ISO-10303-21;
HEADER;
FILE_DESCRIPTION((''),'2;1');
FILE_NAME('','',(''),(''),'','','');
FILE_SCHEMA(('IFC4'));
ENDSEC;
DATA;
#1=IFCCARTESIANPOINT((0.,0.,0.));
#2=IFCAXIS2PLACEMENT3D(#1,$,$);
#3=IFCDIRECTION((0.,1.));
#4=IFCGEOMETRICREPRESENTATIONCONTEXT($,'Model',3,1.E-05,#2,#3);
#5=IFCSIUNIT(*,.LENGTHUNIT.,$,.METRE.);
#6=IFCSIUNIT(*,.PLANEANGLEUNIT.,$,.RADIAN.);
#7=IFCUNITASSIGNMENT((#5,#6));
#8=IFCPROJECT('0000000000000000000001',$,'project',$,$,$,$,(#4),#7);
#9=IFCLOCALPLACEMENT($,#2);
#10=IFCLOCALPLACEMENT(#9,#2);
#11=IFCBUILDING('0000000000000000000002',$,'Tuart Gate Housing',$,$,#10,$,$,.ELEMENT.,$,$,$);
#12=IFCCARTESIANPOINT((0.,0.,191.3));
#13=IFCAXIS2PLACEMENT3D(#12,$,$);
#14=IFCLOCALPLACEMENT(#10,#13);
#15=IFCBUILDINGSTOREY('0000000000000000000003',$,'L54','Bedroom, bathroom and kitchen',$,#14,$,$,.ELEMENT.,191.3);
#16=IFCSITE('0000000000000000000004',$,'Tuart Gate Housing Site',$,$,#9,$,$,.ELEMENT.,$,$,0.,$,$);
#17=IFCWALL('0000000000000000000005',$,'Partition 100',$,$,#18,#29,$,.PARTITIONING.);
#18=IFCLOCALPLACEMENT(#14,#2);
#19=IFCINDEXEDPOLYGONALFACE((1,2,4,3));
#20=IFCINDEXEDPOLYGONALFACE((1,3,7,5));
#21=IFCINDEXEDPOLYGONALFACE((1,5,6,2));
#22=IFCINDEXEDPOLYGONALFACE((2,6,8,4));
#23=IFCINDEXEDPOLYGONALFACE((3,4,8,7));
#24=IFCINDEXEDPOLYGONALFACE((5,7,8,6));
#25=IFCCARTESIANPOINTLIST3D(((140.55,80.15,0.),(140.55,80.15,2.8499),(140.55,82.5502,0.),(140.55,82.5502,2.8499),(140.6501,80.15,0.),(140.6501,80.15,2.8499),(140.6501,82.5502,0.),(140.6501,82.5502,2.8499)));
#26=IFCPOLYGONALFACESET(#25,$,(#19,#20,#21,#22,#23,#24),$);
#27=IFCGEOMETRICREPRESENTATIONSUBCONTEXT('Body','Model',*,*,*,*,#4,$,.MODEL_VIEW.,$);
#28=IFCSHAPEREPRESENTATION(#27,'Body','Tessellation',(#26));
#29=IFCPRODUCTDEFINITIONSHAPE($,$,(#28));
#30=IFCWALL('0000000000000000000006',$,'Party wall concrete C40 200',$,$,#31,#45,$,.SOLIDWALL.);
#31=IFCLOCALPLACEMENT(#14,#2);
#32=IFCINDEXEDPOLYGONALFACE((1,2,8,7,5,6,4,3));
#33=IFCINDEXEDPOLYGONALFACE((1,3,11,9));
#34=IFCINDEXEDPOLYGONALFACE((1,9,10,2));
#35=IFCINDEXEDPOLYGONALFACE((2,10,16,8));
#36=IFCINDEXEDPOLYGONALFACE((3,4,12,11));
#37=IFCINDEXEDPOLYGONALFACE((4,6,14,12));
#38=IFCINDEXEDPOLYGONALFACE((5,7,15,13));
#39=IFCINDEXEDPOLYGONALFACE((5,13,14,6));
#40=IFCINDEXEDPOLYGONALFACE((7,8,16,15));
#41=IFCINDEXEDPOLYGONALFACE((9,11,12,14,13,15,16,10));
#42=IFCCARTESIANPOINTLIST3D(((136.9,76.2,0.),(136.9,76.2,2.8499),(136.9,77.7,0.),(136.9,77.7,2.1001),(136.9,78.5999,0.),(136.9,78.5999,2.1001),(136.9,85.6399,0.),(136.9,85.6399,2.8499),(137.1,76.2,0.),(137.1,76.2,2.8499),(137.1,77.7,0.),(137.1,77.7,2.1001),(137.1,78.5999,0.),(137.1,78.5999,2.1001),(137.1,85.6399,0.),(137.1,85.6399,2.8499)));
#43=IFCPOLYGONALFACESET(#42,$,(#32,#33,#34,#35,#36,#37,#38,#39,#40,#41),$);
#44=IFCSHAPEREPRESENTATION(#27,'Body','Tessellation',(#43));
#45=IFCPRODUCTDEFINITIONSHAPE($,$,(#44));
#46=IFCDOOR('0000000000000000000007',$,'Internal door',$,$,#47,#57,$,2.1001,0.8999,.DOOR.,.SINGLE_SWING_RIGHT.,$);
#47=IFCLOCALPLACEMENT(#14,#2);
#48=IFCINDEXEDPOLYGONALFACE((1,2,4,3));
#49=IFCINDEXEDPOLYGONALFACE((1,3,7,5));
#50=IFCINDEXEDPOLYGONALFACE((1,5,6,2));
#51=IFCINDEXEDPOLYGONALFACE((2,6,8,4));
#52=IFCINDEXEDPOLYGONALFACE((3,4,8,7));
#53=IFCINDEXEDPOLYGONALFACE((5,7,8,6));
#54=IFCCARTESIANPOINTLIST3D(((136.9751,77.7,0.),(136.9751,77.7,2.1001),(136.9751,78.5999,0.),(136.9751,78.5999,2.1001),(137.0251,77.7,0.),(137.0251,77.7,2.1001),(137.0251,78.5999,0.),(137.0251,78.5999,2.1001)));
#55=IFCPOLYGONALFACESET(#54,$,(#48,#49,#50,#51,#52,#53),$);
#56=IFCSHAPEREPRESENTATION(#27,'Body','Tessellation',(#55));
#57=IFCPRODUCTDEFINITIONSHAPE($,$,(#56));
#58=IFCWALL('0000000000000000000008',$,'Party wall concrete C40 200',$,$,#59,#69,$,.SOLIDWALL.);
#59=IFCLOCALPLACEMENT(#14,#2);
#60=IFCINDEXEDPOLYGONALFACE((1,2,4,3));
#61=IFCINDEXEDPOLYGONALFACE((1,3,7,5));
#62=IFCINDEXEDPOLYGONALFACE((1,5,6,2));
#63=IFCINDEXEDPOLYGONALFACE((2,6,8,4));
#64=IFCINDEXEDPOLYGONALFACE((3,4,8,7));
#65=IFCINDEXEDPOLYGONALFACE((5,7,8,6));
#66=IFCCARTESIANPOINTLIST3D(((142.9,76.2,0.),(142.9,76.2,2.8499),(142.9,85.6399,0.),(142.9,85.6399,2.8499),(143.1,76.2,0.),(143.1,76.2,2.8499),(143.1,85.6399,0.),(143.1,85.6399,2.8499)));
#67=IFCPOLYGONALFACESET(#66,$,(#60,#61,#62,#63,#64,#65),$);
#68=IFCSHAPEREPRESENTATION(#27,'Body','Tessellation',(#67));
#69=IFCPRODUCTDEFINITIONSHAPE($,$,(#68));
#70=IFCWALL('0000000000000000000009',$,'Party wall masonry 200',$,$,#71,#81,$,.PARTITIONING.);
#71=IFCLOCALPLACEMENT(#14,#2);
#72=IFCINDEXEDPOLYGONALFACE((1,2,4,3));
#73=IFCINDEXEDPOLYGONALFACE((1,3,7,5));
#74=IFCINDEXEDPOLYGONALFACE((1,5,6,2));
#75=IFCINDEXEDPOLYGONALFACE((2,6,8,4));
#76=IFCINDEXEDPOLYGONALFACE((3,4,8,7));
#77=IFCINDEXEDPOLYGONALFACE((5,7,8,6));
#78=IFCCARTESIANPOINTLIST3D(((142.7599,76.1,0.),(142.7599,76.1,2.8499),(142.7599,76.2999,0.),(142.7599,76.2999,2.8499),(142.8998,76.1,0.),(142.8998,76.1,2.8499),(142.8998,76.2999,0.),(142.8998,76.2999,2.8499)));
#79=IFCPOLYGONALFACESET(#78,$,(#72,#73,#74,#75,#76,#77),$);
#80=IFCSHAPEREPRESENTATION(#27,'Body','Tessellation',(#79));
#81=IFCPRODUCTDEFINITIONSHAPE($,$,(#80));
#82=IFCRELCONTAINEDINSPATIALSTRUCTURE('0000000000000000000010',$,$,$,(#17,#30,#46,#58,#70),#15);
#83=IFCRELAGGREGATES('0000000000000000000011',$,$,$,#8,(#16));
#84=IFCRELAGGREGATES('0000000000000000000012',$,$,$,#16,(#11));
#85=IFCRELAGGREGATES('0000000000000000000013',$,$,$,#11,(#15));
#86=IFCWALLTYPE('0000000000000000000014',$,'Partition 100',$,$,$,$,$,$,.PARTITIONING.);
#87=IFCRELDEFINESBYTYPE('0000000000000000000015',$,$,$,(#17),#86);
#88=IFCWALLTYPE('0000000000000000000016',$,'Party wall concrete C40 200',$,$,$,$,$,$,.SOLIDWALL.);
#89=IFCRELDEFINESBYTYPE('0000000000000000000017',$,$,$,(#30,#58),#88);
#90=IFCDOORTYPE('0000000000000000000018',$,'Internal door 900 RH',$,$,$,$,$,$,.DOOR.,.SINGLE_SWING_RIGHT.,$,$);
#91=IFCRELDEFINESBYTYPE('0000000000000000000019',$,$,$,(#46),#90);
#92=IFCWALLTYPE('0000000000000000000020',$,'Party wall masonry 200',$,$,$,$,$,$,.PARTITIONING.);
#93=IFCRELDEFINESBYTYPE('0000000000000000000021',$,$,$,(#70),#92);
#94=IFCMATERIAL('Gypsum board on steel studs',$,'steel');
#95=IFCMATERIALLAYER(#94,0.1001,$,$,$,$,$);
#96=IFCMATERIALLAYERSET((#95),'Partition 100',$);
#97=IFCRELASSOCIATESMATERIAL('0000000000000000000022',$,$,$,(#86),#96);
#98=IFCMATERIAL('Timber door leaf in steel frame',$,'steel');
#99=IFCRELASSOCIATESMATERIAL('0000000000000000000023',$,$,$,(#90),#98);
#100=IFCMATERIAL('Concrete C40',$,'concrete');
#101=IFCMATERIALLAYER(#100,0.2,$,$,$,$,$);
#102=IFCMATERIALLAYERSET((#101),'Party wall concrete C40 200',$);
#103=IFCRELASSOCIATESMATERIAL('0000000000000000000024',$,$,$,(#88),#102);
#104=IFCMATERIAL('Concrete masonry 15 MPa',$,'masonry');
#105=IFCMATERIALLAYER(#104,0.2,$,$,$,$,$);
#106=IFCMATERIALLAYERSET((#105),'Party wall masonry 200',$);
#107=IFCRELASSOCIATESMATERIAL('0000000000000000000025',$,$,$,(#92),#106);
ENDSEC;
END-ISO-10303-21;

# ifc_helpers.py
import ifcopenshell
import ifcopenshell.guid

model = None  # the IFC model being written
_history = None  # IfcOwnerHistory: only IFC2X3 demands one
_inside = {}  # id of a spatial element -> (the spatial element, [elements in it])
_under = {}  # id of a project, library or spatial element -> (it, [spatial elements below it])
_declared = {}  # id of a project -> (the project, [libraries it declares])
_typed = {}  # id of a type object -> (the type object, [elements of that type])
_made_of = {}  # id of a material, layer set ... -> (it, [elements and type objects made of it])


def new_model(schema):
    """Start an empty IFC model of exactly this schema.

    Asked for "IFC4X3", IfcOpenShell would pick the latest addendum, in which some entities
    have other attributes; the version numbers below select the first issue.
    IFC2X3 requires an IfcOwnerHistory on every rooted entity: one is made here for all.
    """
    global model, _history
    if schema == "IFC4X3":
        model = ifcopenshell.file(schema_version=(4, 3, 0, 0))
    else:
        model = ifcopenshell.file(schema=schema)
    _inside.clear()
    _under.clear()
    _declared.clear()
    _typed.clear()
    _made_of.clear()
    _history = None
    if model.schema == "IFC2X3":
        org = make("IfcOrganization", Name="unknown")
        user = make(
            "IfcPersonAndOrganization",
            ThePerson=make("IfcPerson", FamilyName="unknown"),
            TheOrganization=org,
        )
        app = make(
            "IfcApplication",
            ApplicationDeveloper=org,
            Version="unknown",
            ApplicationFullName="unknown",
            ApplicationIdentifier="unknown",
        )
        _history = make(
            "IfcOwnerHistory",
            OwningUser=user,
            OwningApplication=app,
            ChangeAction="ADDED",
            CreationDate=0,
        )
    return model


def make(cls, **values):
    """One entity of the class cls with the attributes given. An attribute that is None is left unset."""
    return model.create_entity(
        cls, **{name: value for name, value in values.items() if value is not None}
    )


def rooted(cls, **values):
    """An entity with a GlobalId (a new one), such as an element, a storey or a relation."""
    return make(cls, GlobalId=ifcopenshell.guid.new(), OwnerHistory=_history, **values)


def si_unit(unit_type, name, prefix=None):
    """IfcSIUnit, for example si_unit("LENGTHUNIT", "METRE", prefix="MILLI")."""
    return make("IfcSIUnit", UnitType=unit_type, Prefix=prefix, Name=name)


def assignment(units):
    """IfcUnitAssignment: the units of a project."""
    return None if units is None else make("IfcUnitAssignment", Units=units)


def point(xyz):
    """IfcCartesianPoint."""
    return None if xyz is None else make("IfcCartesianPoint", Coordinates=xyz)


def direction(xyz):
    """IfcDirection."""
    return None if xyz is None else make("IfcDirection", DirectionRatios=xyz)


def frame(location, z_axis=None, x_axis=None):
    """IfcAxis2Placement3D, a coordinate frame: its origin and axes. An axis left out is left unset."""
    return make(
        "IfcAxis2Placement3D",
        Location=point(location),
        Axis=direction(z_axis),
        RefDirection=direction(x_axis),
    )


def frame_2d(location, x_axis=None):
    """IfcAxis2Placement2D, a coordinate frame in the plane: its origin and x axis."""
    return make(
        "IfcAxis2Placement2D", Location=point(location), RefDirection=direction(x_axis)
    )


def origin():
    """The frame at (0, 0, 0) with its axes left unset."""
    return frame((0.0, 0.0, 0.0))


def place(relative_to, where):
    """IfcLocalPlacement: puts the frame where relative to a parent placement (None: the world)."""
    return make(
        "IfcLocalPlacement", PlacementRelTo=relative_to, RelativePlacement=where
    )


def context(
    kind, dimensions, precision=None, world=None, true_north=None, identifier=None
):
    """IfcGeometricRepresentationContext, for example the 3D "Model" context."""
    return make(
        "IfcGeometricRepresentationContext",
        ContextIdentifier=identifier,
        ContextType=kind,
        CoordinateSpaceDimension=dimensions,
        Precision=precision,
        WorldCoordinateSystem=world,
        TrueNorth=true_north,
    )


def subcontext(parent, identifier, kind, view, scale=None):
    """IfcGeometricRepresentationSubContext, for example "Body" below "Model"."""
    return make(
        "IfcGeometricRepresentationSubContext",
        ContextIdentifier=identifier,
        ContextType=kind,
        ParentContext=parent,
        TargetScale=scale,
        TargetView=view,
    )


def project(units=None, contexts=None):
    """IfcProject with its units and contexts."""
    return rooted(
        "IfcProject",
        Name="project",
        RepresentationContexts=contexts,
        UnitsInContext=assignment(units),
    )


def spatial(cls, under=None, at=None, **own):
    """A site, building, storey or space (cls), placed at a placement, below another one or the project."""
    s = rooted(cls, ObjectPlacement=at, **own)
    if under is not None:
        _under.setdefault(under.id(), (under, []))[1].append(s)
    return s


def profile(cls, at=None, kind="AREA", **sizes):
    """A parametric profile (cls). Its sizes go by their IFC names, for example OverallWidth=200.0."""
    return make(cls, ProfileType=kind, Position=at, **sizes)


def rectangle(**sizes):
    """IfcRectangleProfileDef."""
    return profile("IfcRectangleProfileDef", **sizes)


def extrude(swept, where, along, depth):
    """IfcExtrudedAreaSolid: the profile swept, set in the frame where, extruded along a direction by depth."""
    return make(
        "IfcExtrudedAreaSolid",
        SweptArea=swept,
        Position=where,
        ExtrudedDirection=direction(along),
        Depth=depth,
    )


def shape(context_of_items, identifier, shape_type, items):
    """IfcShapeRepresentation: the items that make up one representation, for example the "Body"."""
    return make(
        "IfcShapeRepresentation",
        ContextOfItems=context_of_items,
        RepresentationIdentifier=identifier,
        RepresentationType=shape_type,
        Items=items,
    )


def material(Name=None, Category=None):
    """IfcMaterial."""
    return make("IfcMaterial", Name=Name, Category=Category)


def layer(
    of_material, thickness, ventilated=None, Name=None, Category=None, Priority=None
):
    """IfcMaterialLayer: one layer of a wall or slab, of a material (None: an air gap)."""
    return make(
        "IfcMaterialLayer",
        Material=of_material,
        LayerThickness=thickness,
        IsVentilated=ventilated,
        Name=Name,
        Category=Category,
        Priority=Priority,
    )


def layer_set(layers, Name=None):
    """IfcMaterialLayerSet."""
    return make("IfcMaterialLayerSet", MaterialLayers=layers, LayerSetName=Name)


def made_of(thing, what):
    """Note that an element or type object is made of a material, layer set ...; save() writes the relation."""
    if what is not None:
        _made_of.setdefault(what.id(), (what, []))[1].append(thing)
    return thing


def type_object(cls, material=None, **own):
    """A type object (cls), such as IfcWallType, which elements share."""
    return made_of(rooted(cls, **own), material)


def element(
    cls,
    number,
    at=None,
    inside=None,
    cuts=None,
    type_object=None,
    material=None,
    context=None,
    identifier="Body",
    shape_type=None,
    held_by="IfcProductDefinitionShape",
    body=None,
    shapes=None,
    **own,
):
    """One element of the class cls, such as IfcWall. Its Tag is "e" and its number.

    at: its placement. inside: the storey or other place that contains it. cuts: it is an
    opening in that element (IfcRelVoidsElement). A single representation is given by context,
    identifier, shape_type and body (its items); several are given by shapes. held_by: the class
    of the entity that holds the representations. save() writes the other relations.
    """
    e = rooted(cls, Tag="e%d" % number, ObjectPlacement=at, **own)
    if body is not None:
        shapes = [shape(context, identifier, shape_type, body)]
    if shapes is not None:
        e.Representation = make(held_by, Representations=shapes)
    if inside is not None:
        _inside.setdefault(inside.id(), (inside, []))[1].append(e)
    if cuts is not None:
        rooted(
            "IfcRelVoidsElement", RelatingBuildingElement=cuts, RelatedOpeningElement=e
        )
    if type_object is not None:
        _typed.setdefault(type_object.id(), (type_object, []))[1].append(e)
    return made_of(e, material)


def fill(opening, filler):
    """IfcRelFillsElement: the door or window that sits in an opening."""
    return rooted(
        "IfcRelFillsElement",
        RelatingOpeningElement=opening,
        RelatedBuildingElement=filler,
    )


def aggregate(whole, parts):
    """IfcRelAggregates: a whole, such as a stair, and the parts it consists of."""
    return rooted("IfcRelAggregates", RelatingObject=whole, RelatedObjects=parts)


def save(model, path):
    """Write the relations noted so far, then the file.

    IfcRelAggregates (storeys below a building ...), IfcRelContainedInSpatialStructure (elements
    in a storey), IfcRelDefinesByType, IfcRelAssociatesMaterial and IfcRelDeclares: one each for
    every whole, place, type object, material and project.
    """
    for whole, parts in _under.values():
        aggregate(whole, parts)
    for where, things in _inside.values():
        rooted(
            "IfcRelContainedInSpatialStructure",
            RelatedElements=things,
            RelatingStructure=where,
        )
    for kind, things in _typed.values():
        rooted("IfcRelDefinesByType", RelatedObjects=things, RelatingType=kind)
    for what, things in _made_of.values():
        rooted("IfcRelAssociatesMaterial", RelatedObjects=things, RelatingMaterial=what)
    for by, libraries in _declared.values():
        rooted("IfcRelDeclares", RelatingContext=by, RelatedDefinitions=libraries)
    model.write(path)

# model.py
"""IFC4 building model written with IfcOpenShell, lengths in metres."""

from ifc_helpers import new_model, si_unit, direction, frame, frame_2d, origin, place, context, subcontext, project, spatial, rectangle, extrude, material, layer, layer_set, type_object, element, fill, save


model = new_model("IFC4")

# Units and contexts
model_context = context("Model", 3, precision=1e-05, world=origin(), true_north=direction((0.0, 1.0)))
body_context = subcontext(model_context, "Body", "Model", "MODEL_VIEW")
ifc_project = project(units=[si_unit("LENGTHUNIT", "METRE"), si_unit("PLANEANGLEUNIT", "RADIAN")], contexts=[model_context])

# Site, building, storey
site_placement = place(None, origin())
site = spatial("IfcSite", under=ifc_project, at=site_placement, Name="Tuart Gate Housing Site", CompositionType="ELEMENT", RefElevation=0.0)
building_placement = place(site_placement, origin())
building = spatial("IfcBuilding", under=site, at=building_placement, Name="Tuart Gate Housing", CompositionType="ELEMENT")
storey_placement = place(building_placement, frame((0.0, 0.0, 191.3)))
storey = spatial("IfcBuildingStorey", under=building, at=storey_placement, Name="L54", Description="Bedroom, bathroom and kitchen", CompositionType="ELEMENT", Elevation=191.3)

# Shared definitions
ifc_material_1 = material(Name="Gypsum board on steel studs", Category="steel")
ifc_layer_1 = layer(ifc_material_1, 0.1001)
ifc_layer_set_1 = layer_set([ifc_layer_1], Name="Partition 100")
wall_type_1 = type_object("IfcWallType", Name="Partition 100", PredefinedType="PARTITIONING", material=ifc_layer_set_1)

# Shared definitions
ifc_material_2 = material(Name="Timber door leaf in steel frame", Category="steel")
door_type_1 = type_object("IfcDoorType", Name="Internal door 900 RH", OperationType="SINGLE_SWING_RIGHT", PredefinedType="DOOR", material=ifc_material_2)

# Wall
wall_1_placement = place(storey_placement, frame((140.6001, 80.1499, 0.0), z_axis=(0.0, 0.0, 1.0), x_axis=(0.0, 1.0, 0.0)))
element("IfcWall", 1, at=wall_1_placement, inside=storey, type_object=wall_type_1, Name="Partition 100", PredefinedType="PARTITIONING", context=body_context, shape_type="SweptSolid", body=[
    extrude(rectangle(XDim=2.4001, YDim=0.1001, at=frame_2d((1.2002, 0.0))), origin(), (0.0, 0.0, 1.0), 2.8499),
])

# Wall, opening, door
ifc_material_3 = material(Name="Concrete C40", Category="concrete")
ifc_layer_2 = layer(ifc_material_3, 0.2)
ifc_layer_set_2 = layer_set([ifc_layer_2], Name="Party wall concrete C40 200")
wall_type_2 = type_object("IfcWallType", Name="Party wall concrete C40 200", PredefinedType="SOLIDWALL", material=ifc_layer_set_2)
wall_2_placement = place(storey_placement, frame((137.0, 76.2, 0.0), z_axis=(0.0, 0.0, 1.0), x_axis=(0.0, 1.0, 0.0)))
wall_2 = element("IfcWall", 2, at=wall_2_placement, inside=storey, type_object=wall_type_2, Name="Party wall concrete C40 200", PredefinedType="SOLIDWALL", context=body_context, shape_type="SweptSolid", body=[
    extrude(rectangle(XDim=9.4399, YDim=0.2, at=frame_2d((4.72, 0.0))), origin(), (0.0, 0.0, 1.0), 2.8499),
])
opening_1_placement = place(wall_2_placement, frame((1.5, 0.0, 0.0)))
opening_1 = element("IfcOpeningElement", 3, at=opening_1_placement, cuts=wall_2, PredefinedType="OPENING", context=body_context, shape_type="SweptSolid", body=[
    extrude(rectangle(XDim=0.8999, YDim=2.1001, at=frame_2d((0.45, 1.05))), frame((0.0, 0.1099, 0.0), z_axis=(0.0, -1.0, 0.0), x_axis=(1.0, 0.0, 0.0)), (0.0, 0.0, 1.0), 0.22),
])
door_1_placement = place(opening_1_placement, frame((0.8999, 0.0, 0.0), z_axis=(0.0, 0.0, 1.0), x_axis=(-1.0, 0.0, 0.0)))
door_1 = element("IfcDoor", 4, at=door_1_placement, inside=storey, type_object=door_type_1, Name="Internal door", OperationType="SINGLE_SWING_RIGHT", OverallHeight=2.1001, OverallWidth=0.8999, PredefinedType="DOOR", context=body_context, shape_type="SweptSolid", body=[
    extrude(rectangle(XDim=0.8999, YDim=2.1001, at=frame_2d((0.45, 1.05))), frame((0.0, 0.0251, 0.0), z_axis=(0.0, -1.0, 0.0), x_axis=(1.0, 0.0, 0.0)), (0.0, 0.0, 1.0), 0.05),
])
fill(opening_1, door_1)

# Walls
wall_3_placement = place(storey_placement, frame((143.0, 76.2, 0.0), z_axis=(0.0, 0.0, 1.0), x_axis=(0.0, 1.0, 0.0)))
element("IfcWall", 5, at=wall_3_placement, inside=storey, type_object=wall_type_2, Name="Party wall concrete C40 200", PredefinedType="SOLIDWALL", context=body_context, shape_type="SweptSolid", body=[
    extrude(rectangle(XDim=9.4399, YDim=0.2, at=frame_2d((4.72, 0.0))), origin(), (0.0, 0.0, 1.0), 2.8499),
])
ifc_material_4 = material(Name="Concrete masonry 15 MPa", Category="masonry")
ifc_layer_3 = layer(ifc_material_4, 0.2)
ifc_layer_set_3 = layer_set([ifc_layer_3], Name="Party wall masonry 200")
wall_type_3 = type_object("IfcWallType", Name="Party wall masonry 200", PredefinedType="PARTITIONING", material=ifc_layer_set_3)
wall_4_placement = place(storey_placement, frame((142.76, 76.2, 0.0), z_axis=(0.0, 0.0, 1.0), x_axis=(1.0, 0.0, 0.0)))
element("IfcWall", 6, at=wall_4_placement, inside=storey, type_object=wall_type_3, Name="Party wall masonry 200", PredefinedType="PARTITIONING", context=body_context, shape_type="SweptSolid", body=[
    extrude(rectangle(XDim=0.1399, YDim=0.2, at=frame_2d((0.0698, 0.0))), origin(), (0.0, 0.0, 1.0), 2.8499),
])

save(model, "model.ifc")
